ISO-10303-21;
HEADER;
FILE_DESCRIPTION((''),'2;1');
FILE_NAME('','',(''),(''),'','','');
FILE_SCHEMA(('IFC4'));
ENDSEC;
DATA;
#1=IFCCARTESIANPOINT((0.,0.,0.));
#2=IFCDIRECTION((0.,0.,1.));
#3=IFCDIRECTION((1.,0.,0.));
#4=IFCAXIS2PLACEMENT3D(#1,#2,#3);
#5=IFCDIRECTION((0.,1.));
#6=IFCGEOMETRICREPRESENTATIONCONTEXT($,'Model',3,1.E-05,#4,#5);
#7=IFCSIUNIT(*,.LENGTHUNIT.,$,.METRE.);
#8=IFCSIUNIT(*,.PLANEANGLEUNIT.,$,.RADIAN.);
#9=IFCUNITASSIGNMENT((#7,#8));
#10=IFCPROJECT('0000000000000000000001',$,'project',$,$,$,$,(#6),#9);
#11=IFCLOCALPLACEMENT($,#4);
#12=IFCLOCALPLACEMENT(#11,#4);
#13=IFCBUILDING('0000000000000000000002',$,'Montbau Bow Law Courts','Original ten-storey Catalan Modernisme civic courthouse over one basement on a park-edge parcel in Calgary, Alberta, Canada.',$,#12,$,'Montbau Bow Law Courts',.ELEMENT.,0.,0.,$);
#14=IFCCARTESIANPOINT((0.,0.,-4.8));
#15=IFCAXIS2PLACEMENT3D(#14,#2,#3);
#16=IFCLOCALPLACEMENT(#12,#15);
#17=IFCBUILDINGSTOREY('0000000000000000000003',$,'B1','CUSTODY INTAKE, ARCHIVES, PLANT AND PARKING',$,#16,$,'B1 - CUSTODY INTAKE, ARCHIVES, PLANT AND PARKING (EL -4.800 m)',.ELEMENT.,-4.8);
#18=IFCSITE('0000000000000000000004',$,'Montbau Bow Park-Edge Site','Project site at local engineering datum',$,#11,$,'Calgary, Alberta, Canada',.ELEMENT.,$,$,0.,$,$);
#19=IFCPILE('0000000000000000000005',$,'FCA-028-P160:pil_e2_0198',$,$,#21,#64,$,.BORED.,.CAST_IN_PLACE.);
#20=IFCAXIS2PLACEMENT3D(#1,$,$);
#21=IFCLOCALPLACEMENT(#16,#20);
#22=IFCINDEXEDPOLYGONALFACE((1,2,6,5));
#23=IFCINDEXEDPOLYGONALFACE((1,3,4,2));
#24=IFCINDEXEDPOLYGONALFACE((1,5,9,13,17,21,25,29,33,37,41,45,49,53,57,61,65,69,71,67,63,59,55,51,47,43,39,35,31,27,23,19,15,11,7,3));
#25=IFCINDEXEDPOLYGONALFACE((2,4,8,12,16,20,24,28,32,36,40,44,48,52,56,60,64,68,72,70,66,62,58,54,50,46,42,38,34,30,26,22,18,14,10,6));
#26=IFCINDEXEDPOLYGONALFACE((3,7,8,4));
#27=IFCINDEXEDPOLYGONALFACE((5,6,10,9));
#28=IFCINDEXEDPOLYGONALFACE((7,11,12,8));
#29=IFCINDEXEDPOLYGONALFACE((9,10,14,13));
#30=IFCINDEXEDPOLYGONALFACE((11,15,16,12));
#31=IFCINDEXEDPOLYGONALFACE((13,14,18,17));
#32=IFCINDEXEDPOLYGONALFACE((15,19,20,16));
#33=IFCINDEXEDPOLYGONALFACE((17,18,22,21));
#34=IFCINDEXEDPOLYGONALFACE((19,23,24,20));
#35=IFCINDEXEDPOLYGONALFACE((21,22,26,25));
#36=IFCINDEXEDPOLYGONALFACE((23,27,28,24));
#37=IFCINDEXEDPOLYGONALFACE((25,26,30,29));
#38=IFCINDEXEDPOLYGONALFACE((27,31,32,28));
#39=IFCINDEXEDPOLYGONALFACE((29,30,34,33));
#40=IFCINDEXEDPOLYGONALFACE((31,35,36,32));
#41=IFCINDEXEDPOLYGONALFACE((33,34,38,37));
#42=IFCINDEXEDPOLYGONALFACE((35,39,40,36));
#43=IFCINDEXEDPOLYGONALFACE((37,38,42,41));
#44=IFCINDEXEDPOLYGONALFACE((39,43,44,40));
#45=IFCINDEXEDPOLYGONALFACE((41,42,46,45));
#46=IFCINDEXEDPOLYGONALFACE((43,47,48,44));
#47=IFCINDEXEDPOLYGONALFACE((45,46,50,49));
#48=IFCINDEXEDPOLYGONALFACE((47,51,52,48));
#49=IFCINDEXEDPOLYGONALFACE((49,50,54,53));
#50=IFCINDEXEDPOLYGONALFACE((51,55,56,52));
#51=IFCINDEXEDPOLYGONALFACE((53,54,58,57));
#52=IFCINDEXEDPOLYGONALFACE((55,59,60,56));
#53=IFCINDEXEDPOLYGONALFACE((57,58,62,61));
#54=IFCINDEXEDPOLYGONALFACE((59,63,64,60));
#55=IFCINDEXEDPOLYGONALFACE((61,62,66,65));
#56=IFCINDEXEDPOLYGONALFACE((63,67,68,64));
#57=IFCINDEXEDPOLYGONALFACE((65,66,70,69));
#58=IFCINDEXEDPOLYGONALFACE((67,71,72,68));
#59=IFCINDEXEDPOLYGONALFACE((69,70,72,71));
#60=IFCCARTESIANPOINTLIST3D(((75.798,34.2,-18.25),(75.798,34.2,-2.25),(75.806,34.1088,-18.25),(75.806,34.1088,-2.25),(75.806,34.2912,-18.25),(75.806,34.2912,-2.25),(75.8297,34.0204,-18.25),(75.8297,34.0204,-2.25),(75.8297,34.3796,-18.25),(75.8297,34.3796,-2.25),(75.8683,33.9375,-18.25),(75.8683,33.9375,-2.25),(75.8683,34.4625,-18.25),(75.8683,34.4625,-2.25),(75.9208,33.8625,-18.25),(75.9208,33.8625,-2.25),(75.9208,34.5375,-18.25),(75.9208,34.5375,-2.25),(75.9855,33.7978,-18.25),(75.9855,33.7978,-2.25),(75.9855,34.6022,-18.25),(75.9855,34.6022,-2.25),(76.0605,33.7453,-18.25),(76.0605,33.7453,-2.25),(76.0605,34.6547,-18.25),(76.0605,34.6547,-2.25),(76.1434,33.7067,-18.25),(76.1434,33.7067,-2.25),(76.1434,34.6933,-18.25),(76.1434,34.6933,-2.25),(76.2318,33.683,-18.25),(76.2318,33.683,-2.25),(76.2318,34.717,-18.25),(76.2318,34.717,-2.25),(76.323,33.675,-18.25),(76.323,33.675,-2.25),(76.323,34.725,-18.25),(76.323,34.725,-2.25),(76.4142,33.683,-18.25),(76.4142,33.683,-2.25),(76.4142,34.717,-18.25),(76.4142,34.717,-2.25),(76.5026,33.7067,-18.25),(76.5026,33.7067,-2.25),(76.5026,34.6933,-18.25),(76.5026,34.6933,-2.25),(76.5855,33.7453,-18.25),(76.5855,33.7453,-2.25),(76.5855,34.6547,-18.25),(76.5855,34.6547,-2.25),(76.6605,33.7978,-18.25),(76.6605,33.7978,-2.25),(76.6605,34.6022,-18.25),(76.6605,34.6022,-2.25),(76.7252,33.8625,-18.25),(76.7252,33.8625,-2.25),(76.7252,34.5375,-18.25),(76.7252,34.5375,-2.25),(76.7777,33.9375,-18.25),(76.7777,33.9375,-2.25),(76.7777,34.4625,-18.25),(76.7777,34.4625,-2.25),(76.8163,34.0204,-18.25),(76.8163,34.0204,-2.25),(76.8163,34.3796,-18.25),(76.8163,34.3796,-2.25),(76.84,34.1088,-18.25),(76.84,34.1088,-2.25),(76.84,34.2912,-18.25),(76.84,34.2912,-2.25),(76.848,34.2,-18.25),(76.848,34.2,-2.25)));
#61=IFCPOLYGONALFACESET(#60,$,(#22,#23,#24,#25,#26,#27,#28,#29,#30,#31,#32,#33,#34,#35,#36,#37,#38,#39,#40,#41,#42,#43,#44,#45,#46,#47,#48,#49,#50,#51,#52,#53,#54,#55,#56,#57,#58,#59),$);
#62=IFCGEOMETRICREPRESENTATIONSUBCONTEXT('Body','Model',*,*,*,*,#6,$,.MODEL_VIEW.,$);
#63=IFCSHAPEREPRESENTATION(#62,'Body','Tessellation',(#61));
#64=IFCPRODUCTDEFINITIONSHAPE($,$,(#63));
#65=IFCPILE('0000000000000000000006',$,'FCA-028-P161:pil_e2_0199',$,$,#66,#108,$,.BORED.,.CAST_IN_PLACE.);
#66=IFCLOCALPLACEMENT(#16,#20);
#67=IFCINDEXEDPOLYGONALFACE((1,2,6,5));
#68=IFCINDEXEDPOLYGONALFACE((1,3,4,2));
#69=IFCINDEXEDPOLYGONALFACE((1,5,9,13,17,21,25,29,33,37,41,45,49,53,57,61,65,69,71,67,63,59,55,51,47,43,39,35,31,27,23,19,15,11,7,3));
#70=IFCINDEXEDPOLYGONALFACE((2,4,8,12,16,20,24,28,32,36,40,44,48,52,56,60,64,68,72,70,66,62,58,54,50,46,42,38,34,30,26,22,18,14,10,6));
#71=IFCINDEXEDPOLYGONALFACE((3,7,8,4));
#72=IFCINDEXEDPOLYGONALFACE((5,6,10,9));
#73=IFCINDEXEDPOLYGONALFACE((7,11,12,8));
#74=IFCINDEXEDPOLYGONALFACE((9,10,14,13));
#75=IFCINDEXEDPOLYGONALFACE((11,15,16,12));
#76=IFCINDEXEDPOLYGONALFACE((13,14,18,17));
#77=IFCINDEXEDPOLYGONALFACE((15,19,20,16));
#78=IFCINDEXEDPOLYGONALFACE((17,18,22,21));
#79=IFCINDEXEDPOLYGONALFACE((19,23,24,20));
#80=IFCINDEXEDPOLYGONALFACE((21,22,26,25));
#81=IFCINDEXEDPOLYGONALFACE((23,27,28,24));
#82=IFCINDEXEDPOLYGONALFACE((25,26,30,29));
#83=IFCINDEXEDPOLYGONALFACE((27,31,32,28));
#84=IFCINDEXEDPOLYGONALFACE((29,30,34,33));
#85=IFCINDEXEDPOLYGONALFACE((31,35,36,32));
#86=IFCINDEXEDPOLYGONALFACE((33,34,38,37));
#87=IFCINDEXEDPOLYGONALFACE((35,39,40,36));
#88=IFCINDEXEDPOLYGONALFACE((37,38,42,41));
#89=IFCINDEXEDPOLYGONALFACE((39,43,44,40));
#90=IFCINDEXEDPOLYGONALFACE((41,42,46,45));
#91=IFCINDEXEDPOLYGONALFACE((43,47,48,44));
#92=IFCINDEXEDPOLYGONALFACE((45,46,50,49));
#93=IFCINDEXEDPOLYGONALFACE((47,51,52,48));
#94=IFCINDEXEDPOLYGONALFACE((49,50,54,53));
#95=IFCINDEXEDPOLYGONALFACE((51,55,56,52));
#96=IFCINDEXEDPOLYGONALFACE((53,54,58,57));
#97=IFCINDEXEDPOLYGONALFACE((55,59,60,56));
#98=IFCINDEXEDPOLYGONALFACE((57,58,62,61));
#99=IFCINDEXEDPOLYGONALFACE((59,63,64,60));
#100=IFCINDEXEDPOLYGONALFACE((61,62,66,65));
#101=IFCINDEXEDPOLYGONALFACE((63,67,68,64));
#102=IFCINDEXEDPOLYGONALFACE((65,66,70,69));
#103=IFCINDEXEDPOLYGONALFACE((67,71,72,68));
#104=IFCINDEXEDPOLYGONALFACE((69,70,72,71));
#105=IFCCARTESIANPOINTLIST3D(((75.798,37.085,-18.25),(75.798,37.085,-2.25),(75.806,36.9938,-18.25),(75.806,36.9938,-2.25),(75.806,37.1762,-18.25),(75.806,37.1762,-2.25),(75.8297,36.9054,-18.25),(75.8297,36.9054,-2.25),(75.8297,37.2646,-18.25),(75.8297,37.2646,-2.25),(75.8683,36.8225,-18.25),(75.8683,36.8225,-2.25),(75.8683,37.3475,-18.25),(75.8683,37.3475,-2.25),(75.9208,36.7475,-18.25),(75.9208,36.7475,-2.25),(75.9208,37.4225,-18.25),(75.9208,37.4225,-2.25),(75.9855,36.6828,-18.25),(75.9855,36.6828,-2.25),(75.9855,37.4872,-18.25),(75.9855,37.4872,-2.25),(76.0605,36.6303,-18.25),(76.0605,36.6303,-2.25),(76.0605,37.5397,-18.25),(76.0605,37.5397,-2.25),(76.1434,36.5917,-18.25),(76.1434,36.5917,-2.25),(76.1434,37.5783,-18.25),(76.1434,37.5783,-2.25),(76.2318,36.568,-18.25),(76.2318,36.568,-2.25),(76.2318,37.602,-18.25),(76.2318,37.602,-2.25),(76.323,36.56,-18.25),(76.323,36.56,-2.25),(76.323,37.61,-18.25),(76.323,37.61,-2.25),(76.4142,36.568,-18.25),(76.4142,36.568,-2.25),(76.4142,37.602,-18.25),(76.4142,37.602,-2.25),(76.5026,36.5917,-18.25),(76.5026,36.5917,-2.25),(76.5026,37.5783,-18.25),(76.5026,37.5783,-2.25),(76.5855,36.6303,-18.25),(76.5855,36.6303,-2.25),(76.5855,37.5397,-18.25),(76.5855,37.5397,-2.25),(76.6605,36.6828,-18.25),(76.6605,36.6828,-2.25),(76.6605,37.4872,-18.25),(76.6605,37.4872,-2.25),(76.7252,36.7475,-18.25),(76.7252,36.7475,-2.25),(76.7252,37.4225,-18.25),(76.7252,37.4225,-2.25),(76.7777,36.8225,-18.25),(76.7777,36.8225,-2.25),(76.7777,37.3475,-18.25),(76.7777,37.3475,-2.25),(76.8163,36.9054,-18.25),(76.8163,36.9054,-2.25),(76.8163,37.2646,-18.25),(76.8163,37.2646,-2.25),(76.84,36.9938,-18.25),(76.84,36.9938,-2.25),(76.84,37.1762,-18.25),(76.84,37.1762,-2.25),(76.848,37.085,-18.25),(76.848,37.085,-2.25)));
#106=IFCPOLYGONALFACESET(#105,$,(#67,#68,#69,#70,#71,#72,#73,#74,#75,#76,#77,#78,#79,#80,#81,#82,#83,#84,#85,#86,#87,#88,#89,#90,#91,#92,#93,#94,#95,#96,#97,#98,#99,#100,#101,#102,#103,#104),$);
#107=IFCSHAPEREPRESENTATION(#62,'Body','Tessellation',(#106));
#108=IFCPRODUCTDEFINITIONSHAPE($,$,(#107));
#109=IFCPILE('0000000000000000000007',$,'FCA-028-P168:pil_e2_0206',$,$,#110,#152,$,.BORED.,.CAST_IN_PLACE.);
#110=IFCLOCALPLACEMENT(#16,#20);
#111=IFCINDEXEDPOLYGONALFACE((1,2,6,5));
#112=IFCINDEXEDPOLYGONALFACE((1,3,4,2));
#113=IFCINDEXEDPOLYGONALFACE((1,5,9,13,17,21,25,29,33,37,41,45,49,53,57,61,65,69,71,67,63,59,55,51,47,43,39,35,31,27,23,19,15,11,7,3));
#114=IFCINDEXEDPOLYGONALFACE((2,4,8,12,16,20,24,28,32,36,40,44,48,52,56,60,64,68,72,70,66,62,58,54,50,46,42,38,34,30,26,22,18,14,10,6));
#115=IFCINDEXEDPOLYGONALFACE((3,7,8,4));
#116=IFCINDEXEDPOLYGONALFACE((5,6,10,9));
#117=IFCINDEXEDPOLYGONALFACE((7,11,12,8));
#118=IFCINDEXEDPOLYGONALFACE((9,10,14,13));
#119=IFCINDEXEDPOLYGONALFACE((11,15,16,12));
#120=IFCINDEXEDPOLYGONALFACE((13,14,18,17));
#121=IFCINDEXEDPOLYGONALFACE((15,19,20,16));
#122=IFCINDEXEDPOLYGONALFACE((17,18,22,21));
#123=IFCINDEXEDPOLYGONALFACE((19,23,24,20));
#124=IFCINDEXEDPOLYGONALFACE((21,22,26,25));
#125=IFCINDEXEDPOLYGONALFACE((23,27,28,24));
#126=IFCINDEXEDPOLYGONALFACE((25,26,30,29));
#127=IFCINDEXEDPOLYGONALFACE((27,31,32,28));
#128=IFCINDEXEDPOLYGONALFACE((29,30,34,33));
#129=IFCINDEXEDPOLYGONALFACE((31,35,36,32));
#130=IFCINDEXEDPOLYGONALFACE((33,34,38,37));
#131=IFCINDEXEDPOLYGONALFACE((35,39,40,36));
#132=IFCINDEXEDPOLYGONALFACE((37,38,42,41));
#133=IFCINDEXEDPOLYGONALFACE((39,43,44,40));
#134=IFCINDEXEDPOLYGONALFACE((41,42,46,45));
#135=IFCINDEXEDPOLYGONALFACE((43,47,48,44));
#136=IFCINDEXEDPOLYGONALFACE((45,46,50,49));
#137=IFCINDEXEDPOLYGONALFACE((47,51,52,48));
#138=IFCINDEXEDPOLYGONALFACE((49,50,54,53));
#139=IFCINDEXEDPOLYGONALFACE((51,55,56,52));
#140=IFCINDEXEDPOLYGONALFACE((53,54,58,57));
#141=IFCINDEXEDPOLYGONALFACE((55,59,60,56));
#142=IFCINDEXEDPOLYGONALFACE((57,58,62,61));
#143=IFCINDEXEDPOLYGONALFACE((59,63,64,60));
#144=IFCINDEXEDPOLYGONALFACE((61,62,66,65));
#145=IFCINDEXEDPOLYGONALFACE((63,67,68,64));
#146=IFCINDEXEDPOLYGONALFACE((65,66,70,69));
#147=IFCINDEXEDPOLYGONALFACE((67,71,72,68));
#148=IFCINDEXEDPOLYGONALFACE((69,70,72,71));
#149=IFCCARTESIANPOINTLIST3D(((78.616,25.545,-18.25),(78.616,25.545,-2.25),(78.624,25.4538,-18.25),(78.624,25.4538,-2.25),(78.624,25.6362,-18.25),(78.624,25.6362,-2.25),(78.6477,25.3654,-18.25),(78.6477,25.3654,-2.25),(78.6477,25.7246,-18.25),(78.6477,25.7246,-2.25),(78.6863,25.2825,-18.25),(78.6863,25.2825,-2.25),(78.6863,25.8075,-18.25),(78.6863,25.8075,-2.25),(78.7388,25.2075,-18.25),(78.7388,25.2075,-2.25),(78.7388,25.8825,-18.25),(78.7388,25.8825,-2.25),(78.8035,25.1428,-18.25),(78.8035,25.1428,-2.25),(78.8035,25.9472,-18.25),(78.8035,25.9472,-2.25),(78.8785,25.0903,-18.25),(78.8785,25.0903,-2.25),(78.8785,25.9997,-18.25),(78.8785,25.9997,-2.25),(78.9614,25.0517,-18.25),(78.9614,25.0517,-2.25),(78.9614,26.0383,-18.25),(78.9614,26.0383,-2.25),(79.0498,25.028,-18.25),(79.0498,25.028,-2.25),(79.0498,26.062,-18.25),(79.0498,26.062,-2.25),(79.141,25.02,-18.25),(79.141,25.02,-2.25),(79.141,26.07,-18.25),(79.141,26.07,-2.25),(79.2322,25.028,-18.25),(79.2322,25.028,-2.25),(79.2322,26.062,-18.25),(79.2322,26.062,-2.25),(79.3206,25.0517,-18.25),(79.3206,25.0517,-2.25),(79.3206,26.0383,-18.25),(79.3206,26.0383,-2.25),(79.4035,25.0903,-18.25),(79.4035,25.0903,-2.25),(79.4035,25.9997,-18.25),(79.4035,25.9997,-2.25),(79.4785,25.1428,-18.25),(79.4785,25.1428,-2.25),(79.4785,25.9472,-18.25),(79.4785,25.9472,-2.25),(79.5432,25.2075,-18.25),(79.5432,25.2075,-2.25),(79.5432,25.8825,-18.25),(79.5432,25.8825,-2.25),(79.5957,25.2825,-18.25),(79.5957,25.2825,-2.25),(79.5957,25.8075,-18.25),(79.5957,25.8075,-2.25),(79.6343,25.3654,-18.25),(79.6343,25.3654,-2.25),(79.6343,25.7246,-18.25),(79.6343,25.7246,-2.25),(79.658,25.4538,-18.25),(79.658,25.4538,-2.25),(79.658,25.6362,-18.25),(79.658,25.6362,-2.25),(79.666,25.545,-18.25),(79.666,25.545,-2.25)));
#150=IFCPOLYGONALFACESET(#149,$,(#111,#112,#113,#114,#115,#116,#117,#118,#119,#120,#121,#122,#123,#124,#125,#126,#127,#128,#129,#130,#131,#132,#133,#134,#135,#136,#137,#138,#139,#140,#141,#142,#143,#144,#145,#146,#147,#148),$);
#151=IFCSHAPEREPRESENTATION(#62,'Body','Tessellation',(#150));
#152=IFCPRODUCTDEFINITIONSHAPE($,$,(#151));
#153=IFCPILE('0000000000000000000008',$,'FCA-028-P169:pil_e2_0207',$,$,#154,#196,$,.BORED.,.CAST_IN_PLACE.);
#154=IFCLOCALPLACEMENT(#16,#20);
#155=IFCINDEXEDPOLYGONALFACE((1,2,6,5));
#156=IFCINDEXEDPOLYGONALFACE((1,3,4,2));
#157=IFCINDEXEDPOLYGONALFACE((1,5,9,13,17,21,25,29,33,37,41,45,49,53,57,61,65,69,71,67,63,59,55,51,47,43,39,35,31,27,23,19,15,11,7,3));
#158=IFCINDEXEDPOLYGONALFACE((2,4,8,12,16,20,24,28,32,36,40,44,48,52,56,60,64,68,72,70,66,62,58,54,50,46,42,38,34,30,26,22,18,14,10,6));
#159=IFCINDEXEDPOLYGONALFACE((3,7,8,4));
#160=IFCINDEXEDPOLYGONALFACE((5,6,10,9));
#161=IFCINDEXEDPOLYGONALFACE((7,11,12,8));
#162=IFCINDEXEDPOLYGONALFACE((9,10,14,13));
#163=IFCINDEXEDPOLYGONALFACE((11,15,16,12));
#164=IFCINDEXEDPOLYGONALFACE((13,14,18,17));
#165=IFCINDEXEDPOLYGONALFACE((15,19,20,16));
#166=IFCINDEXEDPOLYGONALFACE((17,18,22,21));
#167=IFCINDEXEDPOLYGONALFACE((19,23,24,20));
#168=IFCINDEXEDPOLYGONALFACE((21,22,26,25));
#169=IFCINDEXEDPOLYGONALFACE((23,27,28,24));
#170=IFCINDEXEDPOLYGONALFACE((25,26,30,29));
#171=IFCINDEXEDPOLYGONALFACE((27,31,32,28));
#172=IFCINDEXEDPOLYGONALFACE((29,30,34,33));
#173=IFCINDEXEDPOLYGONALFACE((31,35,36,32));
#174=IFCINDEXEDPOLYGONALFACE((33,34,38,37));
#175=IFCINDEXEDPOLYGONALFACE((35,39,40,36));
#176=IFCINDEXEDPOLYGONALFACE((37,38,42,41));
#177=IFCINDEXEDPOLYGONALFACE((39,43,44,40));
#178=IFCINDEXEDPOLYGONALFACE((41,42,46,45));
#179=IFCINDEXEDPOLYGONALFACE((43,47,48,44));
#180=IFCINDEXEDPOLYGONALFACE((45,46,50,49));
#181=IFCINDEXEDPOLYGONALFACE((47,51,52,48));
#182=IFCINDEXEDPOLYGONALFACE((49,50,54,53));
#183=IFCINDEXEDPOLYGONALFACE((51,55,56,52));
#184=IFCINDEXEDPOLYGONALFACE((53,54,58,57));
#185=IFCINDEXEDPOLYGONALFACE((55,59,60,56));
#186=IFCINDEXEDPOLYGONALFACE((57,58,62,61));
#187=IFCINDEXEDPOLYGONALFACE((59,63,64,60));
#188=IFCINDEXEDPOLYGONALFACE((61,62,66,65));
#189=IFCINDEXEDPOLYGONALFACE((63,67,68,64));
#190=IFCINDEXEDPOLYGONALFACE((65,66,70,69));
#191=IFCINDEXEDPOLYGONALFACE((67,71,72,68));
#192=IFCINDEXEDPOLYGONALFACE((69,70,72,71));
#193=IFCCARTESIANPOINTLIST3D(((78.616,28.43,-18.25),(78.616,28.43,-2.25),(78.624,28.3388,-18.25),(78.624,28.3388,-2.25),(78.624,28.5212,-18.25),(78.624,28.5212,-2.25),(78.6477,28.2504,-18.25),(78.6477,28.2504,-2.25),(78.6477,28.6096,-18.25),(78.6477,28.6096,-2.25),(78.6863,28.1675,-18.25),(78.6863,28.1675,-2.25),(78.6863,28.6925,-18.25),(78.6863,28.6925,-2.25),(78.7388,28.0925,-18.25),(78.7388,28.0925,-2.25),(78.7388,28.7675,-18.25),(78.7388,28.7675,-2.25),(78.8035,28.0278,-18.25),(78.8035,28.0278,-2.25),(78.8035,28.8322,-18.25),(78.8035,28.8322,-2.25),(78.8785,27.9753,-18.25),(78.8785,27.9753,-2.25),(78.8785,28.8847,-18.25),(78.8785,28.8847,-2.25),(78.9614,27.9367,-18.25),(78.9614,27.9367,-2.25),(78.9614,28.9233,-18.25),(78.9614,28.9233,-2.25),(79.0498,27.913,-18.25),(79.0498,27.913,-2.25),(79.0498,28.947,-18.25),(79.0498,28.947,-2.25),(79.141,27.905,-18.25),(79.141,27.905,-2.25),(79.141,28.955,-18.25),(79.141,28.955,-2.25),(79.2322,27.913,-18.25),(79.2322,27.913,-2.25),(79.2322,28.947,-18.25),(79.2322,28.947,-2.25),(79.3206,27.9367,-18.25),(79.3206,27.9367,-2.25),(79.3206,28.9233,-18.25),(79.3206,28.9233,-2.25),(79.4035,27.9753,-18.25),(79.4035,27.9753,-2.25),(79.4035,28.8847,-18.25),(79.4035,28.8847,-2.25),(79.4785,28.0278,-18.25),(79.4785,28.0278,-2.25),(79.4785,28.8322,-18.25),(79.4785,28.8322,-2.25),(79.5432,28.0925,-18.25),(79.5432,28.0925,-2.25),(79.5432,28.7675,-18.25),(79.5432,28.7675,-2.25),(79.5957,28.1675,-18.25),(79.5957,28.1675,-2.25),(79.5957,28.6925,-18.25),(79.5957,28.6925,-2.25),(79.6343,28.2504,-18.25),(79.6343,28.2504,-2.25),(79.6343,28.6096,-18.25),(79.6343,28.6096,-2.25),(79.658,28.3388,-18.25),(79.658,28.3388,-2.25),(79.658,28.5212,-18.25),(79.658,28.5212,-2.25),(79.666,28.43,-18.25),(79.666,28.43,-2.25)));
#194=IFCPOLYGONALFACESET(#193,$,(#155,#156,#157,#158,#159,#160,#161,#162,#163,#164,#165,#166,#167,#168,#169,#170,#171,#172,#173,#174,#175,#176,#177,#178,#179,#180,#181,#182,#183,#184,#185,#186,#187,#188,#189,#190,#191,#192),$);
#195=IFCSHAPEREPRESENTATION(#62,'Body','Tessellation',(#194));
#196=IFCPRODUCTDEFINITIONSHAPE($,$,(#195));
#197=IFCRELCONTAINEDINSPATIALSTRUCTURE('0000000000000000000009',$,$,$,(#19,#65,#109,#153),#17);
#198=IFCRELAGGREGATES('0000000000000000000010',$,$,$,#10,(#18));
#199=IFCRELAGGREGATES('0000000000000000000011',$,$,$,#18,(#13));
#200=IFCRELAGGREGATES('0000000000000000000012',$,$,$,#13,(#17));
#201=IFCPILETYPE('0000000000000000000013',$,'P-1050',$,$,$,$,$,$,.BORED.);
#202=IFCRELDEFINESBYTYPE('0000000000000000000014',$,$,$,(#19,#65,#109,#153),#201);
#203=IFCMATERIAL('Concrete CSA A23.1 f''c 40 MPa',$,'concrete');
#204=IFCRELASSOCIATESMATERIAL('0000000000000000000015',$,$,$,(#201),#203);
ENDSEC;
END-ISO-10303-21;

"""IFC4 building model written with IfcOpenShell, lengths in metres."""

from ifc_helpers import new_model, si_unit, direction, frame, origin_with_axes, origin_2d_with_axis, place, context, subcontext, project, spatial, circle, extrude, material, material_profile, profile_set, type_object, element, save


model = new_model("IFC4")

# Units and contexts
model_context = context("Model", 3, precision=1e-05, world=origin_with_axes(), true_north=direction((0.0, 1.0)))
body_context = subcontext(model_context, "Body", "Model", "MODEL_VIEW")
ifc_project = project(units=[si_unit("LENGTHUNIT", "METRE"), si_unit("PLANEANGLEUNIT", "RADIAN")], contexts=[model_context])

# Site, building, storey
site_placement = place(None, origin_with_axes())
site = spatial("IfcSite", under=ifc_project, at=site_placement, Name="Montbau Bow Park-Edge Site", Description="Project site at local engineering datum", LongName="Calgary, Alberta, Canada", CompositionType="ELEMENT", RefElevation=0.0)
building_placement = place(site_placement, origin_with_axes())
building = spatial("IfcBuilding", under=site, at=building_placement, Name="Montbau Bow Law Courts", Description="Original ten-storey Catalan Modernisme civic courthouse over one basement on a park-edge parcel in Calgary, Alberta, Canada.", LongName="Montbau Bow Law Courts", CompositionType="ELEMENT", ElevationOfRefHeight=0.0, ElevationOfTerrain=0.0)
storey_placement = place(building_placement, frame((0.0, 0.0, -4.8), z_axis=(0.0, 0.0, 1.0), x_axis=(1.0, 0.0, 0.0)))
storey = spatial("IfcBuildingStorey", under=building, at=storey_placement, Name="B1", Description="CUSTODY INTAKE, ARCHIVES, PLANT AND PARKING", LongName="B1 - CUSTODY INTAKE, ARCHIVES, PLANT AND PARKING (EL -4.800 m)", CompositionType="ELEMENT", Elevation=-4.8)

# Piles
ifc_material_1 = material(Name="Concrete CSA A23.1 f'c 40 MPa", Category="concrete")
ifc_material_profile_1 = material_profile(ifc_material_1, circle(Radius=0.525, at=origin_2d_with_axis()), Name="BP1050", Category="Main", Priority=0)
ifc_profile_set_1 = profile_set([ifc_material_profile_1], Name="Concrete CSA A23.1 f'c 40 MPa")
pile_type = type_object("IfcPileType", Name="P-1050", PredefinedType="BORED", material=ifc_profile_set_1)
for number, where, z_axis, x_axis, name in (
    (1, (76.323, 34.2, -23.05), (0.0, 0.0, 1.0), (1.0, 0.0, 0.0), "FCA-028-P160:pil_e2_0198"),
    (2, (76.323, 37.085, -23.05), (0.0, 0.0, 1.0), (1.0, 0.0, 0.0), "FCA-028-P161:pil_e2_0199"),
    (3, (79.141, 25.545, -23.05), (0.0, 0.0, 1.0), (1.0, 0.0, 0.0), "FCA-028-P168:pil_e2_0206"),
    (4, (79.141, 28.43, -23.05), (0.0, 0.0, 1.0), (1.0, 0.0, 0.0), "FCA-028-P169:pil_e2_0207"),
):
    element("IfcPile", number, at=place(None, frame(where, z_axis=z_axis, x_axis=x_axis)), inside=storey, type_object=pile_type, Name=name, ConstructionType="CAST_IN_PLACE", PredefinedType="BORED", context=body_context, shape_type="SweptSolid", body=[
        extrude(circle(Radius=0.525, at=origin_2d_with_axis()), origin_with_axes(), (0.0, 0.0, 1.0), 16.0),
    ])

save(model, "model.ifc")
